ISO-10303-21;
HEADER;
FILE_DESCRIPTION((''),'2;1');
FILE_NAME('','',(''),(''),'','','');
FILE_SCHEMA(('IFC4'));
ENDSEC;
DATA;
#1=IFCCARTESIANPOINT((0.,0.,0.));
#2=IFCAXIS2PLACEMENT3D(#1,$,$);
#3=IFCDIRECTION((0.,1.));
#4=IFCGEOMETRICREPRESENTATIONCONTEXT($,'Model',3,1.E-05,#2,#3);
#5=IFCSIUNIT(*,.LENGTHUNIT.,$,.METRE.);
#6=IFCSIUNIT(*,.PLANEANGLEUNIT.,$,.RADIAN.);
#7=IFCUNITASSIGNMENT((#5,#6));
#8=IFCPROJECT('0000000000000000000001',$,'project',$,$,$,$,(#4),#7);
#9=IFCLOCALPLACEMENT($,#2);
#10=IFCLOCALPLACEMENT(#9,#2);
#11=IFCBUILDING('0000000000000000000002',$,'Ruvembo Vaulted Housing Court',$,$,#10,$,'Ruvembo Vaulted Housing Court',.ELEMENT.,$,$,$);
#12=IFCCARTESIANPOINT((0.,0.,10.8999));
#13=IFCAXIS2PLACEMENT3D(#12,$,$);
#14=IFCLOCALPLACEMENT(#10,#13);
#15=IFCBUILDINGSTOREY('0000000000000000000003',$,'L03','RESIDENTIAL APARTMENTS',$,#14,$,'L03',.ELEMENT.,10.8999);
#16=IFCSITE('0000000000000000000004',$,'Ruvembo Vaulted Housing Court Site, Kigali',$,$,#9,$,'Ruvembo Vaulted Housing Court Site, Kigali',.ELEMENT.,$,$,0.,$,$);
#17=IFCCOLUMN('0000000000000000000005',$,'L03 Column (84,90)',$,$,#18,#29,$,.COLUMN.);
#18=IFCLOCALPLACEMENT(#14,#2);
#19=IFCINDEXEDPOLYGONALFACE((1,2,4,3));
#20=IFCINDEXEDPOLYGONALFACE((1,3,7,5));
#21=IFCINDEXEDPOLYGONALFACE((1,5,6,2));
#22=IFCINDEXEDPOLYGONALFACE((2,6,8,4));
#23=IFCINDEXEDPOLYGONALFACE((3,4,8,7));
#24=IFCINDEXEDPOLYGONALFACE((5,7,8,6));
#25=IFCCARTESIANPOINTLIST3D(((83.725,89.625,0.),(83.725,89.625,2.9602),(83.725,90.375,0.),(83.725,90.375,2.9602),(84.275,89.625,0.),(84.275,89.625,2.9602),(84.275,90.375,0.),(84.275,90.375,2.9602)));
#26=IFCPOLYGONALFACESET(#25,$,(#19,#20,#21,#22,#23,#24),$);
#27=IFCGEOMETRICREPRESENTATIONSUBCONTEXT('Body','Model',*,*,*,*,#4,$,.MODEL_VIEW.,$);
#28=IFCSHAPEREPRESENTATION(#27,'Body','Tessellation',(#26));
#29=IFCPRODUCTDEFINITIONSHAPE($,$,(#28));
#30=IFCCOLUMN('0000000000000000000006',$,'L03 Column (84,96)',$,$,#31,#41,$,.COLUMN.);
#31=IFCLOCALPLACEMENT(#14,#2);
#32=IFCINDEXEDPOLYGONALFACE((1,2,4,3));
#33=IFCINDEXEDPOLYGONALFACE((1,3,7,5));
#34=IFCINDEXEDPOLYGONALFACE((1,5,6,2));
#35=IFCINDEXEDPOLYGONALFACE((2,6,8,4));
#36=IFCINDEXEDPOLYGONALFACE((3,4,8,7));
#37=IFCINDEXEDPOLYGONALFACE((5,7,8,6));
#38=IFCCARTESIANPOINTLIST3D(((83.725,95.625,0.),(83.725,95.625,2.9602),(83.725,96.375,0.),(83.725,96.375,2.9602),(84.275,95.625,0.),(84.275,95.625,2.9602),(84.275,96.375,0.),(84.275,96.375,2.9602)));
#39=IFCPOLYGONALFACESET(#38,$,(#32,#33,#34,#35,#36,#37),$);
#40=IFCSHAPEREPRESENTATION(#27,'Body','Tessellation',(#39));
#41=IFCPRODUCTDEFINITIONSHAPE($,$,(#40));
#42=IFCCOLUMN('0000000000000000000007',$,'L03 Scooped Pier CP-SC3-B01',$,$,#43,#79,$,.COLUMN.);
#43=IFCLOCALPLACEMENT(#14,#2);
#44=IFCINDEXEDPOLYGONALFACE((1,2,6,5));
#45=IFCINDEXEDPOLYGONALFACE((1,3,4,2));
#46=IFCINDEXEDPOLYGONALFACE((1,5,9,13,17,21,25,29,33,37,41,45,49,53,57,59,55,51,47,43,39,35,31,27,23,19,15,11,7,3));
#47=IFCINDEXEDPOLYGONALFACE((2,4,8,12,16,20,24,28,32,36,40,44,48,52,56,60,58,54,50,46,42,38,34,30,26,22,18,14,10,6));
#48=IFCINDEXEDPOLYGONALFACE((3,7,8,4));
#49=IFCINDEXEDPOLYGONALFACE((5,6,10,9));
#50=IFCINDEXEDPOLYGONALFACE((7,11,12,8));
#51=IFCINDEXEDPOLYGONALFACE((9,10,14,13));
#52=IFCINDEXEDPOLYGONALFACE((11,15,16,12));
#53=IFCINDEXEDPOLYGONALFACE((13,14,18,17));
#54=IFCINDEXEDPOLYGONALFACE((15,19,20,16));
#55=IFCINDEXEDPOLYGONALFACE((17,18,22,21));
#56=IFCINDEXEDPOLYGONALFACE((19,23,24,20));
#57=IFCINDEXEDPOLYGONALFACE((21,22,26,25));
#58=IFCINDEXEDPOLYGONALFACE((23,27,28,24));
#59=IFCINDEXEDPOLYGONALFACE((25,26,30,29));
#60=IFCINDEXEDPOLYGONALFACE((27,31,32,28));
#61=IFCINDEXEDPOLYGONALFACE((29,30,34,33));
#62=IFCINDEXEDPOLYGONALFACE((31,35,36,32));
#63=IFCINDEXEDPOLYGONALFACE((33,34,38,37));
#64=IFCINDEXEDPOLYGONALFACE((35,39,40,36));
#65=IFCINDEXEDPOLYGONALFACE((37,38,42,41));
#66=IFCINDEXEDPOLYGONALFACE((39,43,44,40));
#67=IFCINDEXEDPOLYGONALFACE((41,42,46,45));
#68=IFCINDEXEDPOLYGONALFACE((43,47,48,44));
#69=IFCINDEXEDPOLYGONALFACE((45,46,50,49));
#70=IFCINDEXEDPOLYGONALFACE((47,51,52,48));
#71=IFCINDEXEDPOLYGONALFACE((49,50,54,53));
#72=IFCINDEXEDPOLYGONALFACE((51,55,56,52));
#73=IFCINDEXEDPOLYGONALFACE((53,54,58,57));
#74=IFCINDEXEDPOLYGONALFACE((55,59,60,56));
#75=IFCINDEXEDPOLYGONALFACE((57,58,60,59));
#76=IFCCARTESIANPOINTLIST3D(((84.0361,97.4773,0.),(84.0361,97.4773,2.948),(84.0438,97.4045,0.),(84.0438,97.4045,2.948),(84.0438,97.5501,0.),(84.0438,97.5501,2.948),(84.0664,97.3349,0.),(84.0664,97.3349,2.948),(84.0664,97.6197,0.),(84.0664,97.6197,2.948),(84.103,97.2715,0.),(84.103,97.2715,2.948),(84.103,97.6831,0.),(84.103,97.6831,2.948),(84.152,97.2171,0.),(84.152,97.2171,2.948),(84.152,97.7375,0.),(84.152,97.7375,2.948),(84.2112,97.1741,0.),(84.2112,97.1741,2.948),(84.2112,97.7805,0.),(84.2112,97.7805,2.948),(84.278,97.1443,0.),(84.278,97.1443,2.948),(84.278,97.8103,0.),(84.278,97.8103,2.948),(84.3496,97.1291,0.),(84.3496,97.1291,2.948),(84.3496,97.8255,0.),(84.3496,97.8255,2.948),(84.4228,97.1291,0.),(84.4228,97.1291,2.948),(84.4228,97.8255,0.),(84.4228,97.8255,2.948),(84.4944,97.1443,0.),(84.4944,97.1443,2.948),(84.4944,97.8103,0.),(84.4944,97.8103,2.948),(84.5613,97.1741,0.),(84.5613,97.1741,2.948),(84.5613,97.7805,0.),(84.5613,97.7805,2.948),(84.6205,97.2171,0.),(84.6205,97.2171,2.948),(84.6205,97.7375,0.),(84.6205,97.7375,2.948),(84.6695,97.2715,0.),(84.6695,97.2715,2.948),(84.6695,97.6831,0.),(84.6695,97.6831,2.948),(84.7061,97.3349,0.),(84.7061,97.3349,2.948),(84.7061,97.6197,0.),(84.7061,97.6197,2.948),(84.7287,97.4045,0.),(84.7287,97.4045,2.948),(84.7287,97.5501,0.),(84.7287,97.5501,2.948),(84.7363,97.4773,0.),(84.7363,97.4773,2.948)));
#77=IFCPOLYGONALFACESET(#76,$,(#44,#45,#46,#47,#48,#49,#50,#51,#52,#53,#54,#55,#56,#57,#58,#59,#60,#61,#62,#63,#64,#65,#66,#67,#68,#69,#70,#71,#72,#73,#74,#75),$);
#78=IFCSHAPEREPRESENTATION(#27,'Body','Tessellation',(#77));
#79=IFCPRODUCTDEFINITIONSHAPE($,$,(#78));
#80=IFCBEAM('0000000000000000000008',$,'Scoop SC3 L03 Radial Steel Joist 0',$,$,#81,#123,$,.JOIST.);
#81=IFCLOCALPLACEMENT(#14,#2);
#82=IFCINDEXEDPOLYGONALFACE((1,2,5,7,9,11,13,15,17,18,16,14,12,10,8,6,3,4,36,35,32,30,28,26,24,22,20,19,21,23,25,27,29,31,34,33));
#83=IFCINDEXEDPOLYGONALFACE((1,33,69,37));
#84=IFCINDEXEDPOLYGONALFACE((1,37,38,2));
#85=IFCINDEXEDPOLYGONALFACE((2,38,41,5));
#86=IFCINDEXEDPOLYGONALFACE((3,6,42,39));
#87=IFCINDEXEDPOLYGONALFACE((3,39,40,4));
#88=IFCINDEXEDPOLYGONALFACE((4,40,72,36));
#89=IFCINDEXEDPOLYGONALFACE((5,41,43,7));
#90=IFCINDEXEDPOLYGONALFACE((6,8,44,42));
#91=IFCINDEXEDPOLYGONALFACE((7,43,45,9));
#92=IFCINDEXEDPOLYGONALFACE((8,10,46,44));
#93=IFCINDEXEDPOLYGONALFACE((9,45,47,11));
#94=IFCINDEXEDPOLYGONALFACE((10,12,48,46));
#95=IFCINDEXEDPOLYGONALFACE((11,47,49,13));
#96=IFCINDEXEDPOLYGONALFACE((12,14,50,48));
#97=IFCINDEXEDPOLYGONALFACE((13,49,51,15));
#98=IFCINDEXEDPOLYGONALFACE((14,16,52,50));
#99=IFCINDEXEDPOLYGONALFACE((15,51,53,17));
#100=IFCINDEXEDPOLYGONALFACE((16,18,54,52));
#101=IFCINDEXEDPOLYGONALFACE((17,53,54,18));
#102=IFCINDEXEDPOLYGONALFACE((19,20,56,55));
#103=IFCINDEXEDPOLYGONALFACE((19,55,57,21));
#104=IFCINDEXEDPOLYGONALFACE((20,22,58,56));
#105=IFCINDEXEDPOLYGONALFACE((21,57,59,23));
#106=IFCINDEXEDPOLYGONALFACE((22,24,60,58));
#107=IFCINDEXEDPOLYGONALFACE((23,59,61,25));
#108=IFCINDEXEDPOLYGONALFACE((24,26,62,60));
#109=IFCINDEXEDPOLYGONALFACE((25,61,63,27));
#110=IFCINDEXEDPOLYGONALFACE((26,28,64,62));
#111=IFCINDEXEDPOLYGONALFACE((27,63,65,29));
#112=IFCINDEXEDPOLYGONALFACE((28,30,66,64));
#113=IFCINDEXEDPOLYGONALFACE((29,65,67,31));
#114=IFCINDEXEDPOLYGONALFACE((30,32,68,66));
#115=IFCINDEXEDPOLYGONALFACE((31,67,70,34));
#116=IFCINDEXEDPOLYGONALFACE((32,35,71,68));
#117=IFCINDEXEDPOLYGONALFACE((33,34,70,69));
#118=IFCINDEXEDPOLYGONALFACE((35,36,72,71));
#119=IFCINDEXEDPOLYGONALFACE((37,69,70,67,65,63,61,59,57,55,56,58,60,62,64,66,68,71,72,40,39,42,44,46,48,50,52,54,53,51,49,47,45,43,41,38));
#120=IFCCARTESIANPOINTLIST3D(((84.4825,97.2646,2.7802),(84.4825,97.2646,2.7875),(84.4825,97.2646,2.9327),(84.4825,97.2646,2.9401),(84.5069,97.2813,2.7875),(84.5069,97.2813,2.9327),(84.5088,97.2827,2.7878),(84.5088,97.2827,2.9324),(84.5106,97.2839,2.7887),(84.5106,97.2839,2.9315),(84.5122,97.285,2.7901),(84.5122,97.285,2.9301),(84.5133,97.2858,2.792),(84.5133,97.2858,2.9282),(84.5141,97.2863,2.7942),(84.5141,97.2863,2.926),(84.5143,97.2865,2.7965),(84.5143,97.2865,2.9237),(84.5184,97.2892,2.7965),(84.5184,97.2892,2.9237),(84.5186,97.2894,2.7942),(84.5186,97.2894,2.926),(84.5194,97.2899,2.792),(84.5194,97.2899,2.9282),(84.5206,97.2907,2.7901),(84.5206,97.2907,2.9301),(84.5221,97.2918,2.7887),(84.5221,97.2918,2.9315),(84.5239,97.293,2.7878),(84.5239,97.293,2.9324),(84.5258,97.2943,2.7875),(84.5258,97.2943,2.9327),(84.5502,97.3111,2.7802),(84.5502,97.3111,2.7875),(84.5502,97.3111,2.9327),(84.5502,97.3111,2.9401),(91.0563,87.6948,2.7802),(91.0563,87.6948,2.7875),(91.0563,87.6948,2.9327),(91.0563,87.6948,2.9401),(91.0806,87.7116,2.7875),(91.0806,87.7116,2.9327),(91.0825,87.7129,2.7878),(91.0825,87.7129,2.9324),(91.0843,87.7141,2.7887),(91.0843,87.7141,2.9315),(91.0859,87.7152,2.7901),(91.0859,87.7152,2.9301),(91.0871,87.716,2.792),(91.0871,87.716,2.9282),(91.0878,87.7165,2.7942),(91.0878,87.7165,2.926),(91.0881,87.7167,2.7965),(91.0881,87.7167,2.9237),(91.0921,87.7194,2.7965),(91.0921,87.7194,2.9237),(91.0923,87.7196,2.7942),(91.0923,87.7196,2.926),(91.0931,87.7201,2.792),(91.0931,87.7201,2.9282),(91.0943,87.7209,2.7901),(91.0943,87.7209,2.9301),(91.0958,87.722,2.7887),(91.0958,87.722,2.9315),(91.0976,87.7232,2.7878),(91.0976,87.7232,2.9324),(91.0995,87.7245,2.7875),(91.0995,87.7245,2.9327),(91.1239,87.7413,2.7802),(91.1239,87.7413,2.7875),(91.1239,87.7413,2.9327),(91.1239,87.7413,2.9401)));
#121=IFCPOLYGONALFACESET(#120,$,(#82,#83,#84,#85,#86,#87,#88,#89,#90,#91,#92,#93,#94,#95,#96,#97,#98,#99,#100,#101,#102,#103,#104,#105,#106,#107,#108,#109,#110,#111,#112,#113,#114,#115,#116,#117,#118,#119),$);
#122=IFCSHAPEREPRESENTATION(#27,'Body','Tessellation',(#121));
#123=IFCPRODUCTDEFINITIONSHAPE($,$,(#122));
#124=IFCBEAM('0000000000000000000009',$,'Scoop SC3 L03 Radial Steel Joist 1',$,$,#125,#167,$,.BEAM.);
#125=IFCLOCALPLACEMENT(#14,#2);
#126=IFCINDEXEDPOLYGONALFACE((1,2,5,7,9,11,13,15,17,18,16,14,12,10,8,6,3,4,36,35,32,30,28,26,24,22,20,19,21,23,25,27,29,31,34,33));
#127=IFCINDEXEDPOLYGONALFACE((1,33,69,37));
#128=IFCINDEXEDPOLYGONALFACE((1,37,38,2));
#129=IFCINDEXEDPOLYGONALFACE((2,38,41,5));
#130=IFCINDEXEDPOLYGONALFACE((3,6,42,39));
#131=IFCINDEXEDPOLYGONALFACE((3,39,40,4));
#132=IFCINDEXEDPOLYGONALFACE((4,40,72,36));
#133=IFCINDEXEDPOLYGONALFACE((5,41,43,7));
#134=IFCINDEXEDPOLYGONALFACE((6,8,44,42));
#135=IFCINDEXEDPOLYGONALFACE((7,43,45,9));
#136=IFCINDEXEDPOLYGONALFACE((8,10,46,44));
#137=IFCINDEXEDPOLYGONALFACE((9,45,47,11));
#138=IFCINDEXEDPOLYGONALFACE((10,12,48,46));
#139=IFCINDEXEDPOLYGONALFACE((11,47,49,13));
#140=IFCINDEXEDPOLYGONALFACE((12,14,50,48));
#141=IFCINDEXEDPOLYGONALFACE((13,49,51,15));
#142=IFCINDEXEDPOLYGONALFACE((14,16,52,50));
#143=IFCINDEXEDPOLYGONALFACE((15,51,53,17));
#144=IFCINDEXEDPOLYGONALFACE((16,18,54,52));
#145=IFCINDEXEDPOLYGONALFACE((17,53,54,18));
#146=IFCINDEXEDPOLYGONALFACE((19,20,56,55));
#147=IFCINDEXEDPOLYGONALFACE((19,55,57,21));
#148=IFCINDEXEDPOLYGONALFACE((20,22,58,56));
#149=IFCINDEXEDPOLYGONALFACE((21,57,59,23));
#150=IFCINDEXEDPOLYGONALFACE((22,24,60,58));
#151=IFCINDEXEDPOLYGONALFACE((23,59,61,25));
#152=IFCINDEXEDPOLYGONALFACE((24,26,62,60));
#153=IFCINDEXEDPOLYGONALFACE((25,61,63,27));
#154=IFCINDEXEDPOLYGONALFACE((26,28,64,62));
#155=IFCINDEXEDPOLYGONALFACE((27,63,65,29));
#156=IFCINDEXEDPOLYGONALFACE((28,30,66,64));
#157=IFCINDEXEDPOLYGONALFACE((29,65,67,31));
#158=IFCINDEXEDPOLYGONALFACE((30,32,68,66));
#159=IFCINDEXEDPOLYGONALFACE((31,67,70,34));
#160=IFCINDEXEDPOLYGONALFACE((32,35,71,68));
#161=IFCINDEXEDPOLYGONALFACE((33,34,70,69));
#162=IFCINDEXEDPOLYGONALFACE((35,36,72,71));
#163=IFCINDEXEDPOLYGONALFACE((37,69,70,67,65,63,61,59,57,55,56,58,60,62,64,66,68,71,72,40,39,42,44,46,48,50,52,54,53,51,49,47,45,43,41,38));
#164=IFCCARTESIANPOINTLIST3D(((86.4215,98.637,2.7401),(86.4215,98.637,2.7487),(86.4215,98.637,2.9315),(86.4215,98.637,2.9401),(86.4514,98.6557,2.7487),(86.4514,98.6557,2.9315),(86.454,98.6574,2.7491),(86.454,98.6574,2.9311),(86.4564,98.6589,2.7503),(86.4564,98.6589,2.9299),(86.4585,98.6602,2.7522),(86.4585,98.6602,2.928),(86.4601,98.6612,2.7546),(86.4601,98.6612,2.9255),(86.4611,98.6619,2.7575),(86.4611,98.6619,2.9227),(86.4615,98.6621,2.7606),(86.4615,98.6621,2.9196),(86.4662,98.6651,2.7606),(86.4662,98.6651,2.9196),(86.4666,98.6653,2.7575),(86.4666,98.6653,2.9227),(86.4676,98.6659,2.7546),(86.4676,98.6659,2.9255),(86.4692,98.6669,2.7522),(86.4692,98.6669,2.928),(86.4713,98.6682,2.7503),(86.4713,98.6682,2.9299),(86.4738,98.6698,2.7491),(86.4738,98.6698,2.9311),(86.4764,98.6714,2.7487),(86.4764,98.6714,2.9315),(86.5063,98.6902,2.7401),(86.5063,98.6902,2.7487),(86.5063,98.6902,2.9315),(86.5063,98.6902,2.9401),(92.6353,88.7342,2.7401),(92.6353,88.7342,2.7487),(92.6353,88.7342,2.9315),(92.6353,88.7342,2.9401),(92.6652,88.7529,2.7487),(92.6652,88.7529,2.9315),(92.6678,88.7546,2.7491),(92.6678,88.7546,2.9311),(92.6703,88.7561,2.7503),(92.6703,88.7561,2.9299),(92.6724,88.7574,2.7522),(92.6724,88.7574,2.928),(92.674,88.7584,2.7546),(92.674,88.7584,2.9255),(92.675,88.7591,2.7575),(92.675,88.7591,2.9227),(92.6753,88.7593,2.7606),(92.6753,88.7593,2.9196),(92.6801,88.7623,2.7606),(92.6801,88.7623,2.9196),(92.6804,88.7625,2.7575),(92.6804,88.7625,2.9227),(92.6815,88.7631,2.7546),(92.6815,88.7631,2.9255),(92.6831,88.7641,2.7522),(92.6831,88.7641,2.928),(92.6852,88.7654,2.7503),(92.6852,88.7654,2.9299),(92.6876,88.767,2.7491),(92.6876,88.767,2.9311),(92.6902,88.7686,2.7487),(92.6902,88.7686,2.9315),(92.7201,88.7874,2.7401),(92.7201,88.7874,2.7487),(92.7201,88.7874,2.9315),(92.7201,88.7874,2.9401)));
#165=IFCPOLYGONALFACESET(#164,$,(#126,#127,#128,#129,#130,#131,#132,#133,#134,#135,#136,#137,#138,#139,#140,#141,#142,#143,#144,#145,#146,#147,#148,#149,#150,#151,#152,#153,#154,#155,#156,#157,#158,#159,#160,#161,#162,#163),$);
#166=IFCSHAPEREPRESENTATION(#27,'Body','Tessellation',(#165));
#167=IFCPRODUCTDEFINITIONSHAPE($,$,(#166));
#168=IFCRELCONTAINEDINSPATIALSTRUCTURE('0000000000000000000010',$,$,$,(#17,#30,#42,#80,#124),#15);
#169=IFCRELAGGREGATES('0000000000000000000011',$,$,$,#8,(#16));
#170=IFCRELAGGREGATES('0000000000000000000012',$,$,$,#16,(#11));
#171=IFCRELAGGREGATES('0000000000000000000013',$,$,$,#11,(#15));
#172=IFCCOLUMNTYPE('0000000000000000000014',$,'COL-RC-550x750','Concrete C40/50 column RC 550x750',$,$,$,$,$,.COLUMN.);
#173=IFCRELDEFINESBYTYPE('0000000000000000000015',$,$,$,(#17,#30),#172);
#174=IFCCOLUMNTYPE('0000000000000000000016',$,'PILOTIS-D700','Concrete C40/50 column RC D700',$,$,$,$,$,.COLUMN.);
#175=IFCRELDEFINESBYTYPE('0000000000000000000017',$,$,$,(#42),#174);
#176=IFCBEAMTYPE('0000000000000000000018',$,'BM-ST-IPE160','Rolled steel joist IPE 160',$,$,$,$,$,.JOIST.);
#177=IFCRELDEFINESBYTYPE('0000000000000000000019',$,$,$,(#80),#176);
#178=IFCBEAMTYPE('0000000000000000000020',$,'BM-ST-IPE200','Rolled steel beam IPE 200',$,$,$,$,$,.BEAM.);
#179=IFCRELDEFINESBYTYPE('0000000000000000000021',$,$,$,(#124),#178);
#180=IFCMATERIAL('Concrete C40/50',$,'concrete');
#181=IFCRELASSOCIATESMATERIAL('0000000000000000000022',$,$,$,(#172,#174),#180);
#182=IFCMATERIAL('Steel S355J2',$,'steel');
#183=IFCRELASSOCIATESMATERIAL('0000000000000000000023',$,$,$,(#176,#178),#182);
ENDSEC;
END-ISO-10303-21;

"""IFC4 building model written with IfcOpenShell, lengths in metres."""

from ifc_helpers import new_model, si_unit, direction, frame, origin, origin_2d, place, context, subcontext, project, spatial, rectangle, circle, i_section, extrude, material, material_profile, profile_set, type_object, element, save


model = new_model("IFC4")

# Units and contexts
model_context = context("Model", 3, precision=1e-05, world=origin(), true_north=direction((0.0, 1.0)))
body_context = subcontext(model_context, "Body", "Model", "MODEL_VIEW")
ifc_project = project(units=[si_unit("LENGTHUNIT", "METRE"), si_unit("PLANEANGLEUNIT", "RADIAN")], contexts=[model_context])

# Site, building, storey
site_placement = place(None, origin())
site = spatial("IfcSite", under=ifc_project, at=site_placement, Name="Ruvembo Vaulted Housing Court Site, Kigali", LongName="Ruvembo Vaulted Housing Court Site, Kigali", CompositionType="ELEMENT", RefElevation=0.0)
building_placement = place(site_placement, origin())
building = spatial("IfcBuilding", under=site, at=building_placement, Name="Ruvembo Vaulted Housing Court", LongName="Ruvembo Vaulted Housing Court", CompositionType="ELEMENT")
storey_placement = place(building_placement, frame((0.0, 0.0, 10.8999)))
storey = spatial("IfcBuildingStorey", under=building, at=storey_placement, Name="L03", Description="RESIDENTIAL APARTMENTS", LongName="L03", CompositionType="ELEMENT", Elevation=10.8999)

# Columns
ifc_material_1 = material(Name="Concrete C40/50", Category="concrete")
ifc_material_profile_1 = material_profile(ifc_material_1, rectangle(XDim=0.55, YDim=0.75, at=origin_2d()), Name="RC 550x750")
ifc_profile_set_1 = profile_set([ifc_material_profile_1], Name="Concrete C40/50")
column_type_1 = type_object("IfcColumnType", Name="COL-RC-550x750", Description="Concrete C40/50 column RC 550x750", PredefinedType="COLUMN", material=ifc_profile_set_1)
for number, where, z_axis, x_axis, name in (
    (1, (84.0, 90.0, 0.0), (0.0, 0.0, 1.0), (1.0, 0.0, 0.0), "L03 Column (84,90)"),
    (2, (84.0, 96.0, 0.0), (0.0, 0.0, 1.0), (1.0, 0.0, 0.0), "L03 Column (84,96)"),
):
    element("IfcColumn", number, at=place(storey_placement, frame(where, z_axis=z_axis, x_axis=x_axis)), inside=storey, type_object=column_type_1, Name=name, PredefinedType="COLUMN", context=body_context, shape_type="SweptSolid", body=[
        extrude(rectangle(XDim=0.55, YDim=0.75, at=origin_2d()), origin(), (0.0, 0.0, 1.0), 2.9602),
    ])
ifc_material_profile_2 = material_profile(ifc_material_1, circle(Radius=0.3501, at=origin_2d()), Name="RC D700")
ifc_profile_set_2 = profile_set([ifc_material_profile_2], Name="Concrete C40/50")
column_type_2 = type_object("IfcColumnType", Name="PILOTIS-D700", Description="Concrete C40/50 column RC D700", PredefinedType="COLUMN", material=ifc_profile_set_2)
column_placement = place(storey_placement, frame((84.3862, 97.4773, 0.0), z_axis=(0.0, 0.0, 1.0), x_axis=(1.0, 0.0, 0.0)))
element("IfcColumn", 3, at=column_placement, inside=storey, type_object=column_type_2, Name="L03 Scooped Pier CP-SC3-B01", PredefinedType="COLUMN", context=body_context, shape_type="SweptSolid", body=[
    extrude(circle(Radius=0.3501, at=origin_2d()), origin(), (0.0, 0.0, 1.0), 2.948),
])

# Beams
ifc_material_2 = material(Name="Steel S355J2", Category="steel")
ifc_material_profile_3 = material_profile(ifc_material_2, i_section(OverallWidth=0.082, OverallDepth=0.1599, WebThickness=0.0049, FlangeThickness=0.0073, FilletRadius=0.009, at=origin_2d()), Name="IPE 160")
ifc_profile_set_3 = profile_set([ifc_material_profile_3], Name="Steel S355J2")
beam_type_1 = type_object("IfcBeamType", Name="BM-ST-IPE160", Description="Rolled steel joist IPE 160", PredefinedType="JOIST", material=ifc_profile_set_3)
beam_1_placement = place(storey_placement, frame((84.5164, 97.2878, 2.8601), z_axis=(0.566206, -0.824264, 0.0), x_axis=(0.824264, 0.566206, 0.0)))
element("IfcBeam", 4, at=beam_1_placement, inside=storey, type_object=beam_type_1, Name="Scoop SC3 L03 Radial Steel Joist 0", PredefinedType="JOIST", context=body_context, shape_type="SweptSolid", body=[
    extrude(i_section(OverallWidth=0.082, OverallDepth=0.1599, WebThickness=0.0049, FlangeThickness=0.0073, FilletRadius=0.009, at=origin_2d()), origin(), (0.0, 0.0, 1.0), 11.6101),
])
ifc_material_profile_4 = material_profile(ifc_material_2, i_section(OverallWidth=0.1001, OverallDepth=0.2, WebThickness=0.0056, FlangeThickness=0.0085, FilletRadius=0.012, at=origin_2d()), Name="IPE 200")
ifc_profile_set_4 = profile_set([ifc_material_profile_4], Name="Steel S355J2")
beam_type_2 = type_object("IfcBeamType", Name="BM-ST-IPE200", Description="Rolled steel beam IPE 200", PredefinedType="BEAM", material=ifc_profile_set_4)
beam_2_placement = place(storey_placement, frame((86.4639, 98.6636, 2.8401), z_axis=(0.531511, -0.847051, 0.0), x_axis=(0.847051, 0.531511, 0.0)))
element("IfcBeam", 5, at=beam_2_placement, inside=storey, type_object=beam_type_2, Name="Scoop SC3 L03 Radial Steel Joist 1", PredefinedType="BEAM", context=body_context, shape_type="SweptSolid", body=[
    extrude(i_section(OverallWidth=0.1001, OverallDepth=0.2, WebThickness=0.0056, FlangeThickness=0.0085, FilletRadius=0.012, at=origin_2d()), origin(), (0.0, 0.0, 1.0), 11.6909),
])

save(model, "model.ifc")
